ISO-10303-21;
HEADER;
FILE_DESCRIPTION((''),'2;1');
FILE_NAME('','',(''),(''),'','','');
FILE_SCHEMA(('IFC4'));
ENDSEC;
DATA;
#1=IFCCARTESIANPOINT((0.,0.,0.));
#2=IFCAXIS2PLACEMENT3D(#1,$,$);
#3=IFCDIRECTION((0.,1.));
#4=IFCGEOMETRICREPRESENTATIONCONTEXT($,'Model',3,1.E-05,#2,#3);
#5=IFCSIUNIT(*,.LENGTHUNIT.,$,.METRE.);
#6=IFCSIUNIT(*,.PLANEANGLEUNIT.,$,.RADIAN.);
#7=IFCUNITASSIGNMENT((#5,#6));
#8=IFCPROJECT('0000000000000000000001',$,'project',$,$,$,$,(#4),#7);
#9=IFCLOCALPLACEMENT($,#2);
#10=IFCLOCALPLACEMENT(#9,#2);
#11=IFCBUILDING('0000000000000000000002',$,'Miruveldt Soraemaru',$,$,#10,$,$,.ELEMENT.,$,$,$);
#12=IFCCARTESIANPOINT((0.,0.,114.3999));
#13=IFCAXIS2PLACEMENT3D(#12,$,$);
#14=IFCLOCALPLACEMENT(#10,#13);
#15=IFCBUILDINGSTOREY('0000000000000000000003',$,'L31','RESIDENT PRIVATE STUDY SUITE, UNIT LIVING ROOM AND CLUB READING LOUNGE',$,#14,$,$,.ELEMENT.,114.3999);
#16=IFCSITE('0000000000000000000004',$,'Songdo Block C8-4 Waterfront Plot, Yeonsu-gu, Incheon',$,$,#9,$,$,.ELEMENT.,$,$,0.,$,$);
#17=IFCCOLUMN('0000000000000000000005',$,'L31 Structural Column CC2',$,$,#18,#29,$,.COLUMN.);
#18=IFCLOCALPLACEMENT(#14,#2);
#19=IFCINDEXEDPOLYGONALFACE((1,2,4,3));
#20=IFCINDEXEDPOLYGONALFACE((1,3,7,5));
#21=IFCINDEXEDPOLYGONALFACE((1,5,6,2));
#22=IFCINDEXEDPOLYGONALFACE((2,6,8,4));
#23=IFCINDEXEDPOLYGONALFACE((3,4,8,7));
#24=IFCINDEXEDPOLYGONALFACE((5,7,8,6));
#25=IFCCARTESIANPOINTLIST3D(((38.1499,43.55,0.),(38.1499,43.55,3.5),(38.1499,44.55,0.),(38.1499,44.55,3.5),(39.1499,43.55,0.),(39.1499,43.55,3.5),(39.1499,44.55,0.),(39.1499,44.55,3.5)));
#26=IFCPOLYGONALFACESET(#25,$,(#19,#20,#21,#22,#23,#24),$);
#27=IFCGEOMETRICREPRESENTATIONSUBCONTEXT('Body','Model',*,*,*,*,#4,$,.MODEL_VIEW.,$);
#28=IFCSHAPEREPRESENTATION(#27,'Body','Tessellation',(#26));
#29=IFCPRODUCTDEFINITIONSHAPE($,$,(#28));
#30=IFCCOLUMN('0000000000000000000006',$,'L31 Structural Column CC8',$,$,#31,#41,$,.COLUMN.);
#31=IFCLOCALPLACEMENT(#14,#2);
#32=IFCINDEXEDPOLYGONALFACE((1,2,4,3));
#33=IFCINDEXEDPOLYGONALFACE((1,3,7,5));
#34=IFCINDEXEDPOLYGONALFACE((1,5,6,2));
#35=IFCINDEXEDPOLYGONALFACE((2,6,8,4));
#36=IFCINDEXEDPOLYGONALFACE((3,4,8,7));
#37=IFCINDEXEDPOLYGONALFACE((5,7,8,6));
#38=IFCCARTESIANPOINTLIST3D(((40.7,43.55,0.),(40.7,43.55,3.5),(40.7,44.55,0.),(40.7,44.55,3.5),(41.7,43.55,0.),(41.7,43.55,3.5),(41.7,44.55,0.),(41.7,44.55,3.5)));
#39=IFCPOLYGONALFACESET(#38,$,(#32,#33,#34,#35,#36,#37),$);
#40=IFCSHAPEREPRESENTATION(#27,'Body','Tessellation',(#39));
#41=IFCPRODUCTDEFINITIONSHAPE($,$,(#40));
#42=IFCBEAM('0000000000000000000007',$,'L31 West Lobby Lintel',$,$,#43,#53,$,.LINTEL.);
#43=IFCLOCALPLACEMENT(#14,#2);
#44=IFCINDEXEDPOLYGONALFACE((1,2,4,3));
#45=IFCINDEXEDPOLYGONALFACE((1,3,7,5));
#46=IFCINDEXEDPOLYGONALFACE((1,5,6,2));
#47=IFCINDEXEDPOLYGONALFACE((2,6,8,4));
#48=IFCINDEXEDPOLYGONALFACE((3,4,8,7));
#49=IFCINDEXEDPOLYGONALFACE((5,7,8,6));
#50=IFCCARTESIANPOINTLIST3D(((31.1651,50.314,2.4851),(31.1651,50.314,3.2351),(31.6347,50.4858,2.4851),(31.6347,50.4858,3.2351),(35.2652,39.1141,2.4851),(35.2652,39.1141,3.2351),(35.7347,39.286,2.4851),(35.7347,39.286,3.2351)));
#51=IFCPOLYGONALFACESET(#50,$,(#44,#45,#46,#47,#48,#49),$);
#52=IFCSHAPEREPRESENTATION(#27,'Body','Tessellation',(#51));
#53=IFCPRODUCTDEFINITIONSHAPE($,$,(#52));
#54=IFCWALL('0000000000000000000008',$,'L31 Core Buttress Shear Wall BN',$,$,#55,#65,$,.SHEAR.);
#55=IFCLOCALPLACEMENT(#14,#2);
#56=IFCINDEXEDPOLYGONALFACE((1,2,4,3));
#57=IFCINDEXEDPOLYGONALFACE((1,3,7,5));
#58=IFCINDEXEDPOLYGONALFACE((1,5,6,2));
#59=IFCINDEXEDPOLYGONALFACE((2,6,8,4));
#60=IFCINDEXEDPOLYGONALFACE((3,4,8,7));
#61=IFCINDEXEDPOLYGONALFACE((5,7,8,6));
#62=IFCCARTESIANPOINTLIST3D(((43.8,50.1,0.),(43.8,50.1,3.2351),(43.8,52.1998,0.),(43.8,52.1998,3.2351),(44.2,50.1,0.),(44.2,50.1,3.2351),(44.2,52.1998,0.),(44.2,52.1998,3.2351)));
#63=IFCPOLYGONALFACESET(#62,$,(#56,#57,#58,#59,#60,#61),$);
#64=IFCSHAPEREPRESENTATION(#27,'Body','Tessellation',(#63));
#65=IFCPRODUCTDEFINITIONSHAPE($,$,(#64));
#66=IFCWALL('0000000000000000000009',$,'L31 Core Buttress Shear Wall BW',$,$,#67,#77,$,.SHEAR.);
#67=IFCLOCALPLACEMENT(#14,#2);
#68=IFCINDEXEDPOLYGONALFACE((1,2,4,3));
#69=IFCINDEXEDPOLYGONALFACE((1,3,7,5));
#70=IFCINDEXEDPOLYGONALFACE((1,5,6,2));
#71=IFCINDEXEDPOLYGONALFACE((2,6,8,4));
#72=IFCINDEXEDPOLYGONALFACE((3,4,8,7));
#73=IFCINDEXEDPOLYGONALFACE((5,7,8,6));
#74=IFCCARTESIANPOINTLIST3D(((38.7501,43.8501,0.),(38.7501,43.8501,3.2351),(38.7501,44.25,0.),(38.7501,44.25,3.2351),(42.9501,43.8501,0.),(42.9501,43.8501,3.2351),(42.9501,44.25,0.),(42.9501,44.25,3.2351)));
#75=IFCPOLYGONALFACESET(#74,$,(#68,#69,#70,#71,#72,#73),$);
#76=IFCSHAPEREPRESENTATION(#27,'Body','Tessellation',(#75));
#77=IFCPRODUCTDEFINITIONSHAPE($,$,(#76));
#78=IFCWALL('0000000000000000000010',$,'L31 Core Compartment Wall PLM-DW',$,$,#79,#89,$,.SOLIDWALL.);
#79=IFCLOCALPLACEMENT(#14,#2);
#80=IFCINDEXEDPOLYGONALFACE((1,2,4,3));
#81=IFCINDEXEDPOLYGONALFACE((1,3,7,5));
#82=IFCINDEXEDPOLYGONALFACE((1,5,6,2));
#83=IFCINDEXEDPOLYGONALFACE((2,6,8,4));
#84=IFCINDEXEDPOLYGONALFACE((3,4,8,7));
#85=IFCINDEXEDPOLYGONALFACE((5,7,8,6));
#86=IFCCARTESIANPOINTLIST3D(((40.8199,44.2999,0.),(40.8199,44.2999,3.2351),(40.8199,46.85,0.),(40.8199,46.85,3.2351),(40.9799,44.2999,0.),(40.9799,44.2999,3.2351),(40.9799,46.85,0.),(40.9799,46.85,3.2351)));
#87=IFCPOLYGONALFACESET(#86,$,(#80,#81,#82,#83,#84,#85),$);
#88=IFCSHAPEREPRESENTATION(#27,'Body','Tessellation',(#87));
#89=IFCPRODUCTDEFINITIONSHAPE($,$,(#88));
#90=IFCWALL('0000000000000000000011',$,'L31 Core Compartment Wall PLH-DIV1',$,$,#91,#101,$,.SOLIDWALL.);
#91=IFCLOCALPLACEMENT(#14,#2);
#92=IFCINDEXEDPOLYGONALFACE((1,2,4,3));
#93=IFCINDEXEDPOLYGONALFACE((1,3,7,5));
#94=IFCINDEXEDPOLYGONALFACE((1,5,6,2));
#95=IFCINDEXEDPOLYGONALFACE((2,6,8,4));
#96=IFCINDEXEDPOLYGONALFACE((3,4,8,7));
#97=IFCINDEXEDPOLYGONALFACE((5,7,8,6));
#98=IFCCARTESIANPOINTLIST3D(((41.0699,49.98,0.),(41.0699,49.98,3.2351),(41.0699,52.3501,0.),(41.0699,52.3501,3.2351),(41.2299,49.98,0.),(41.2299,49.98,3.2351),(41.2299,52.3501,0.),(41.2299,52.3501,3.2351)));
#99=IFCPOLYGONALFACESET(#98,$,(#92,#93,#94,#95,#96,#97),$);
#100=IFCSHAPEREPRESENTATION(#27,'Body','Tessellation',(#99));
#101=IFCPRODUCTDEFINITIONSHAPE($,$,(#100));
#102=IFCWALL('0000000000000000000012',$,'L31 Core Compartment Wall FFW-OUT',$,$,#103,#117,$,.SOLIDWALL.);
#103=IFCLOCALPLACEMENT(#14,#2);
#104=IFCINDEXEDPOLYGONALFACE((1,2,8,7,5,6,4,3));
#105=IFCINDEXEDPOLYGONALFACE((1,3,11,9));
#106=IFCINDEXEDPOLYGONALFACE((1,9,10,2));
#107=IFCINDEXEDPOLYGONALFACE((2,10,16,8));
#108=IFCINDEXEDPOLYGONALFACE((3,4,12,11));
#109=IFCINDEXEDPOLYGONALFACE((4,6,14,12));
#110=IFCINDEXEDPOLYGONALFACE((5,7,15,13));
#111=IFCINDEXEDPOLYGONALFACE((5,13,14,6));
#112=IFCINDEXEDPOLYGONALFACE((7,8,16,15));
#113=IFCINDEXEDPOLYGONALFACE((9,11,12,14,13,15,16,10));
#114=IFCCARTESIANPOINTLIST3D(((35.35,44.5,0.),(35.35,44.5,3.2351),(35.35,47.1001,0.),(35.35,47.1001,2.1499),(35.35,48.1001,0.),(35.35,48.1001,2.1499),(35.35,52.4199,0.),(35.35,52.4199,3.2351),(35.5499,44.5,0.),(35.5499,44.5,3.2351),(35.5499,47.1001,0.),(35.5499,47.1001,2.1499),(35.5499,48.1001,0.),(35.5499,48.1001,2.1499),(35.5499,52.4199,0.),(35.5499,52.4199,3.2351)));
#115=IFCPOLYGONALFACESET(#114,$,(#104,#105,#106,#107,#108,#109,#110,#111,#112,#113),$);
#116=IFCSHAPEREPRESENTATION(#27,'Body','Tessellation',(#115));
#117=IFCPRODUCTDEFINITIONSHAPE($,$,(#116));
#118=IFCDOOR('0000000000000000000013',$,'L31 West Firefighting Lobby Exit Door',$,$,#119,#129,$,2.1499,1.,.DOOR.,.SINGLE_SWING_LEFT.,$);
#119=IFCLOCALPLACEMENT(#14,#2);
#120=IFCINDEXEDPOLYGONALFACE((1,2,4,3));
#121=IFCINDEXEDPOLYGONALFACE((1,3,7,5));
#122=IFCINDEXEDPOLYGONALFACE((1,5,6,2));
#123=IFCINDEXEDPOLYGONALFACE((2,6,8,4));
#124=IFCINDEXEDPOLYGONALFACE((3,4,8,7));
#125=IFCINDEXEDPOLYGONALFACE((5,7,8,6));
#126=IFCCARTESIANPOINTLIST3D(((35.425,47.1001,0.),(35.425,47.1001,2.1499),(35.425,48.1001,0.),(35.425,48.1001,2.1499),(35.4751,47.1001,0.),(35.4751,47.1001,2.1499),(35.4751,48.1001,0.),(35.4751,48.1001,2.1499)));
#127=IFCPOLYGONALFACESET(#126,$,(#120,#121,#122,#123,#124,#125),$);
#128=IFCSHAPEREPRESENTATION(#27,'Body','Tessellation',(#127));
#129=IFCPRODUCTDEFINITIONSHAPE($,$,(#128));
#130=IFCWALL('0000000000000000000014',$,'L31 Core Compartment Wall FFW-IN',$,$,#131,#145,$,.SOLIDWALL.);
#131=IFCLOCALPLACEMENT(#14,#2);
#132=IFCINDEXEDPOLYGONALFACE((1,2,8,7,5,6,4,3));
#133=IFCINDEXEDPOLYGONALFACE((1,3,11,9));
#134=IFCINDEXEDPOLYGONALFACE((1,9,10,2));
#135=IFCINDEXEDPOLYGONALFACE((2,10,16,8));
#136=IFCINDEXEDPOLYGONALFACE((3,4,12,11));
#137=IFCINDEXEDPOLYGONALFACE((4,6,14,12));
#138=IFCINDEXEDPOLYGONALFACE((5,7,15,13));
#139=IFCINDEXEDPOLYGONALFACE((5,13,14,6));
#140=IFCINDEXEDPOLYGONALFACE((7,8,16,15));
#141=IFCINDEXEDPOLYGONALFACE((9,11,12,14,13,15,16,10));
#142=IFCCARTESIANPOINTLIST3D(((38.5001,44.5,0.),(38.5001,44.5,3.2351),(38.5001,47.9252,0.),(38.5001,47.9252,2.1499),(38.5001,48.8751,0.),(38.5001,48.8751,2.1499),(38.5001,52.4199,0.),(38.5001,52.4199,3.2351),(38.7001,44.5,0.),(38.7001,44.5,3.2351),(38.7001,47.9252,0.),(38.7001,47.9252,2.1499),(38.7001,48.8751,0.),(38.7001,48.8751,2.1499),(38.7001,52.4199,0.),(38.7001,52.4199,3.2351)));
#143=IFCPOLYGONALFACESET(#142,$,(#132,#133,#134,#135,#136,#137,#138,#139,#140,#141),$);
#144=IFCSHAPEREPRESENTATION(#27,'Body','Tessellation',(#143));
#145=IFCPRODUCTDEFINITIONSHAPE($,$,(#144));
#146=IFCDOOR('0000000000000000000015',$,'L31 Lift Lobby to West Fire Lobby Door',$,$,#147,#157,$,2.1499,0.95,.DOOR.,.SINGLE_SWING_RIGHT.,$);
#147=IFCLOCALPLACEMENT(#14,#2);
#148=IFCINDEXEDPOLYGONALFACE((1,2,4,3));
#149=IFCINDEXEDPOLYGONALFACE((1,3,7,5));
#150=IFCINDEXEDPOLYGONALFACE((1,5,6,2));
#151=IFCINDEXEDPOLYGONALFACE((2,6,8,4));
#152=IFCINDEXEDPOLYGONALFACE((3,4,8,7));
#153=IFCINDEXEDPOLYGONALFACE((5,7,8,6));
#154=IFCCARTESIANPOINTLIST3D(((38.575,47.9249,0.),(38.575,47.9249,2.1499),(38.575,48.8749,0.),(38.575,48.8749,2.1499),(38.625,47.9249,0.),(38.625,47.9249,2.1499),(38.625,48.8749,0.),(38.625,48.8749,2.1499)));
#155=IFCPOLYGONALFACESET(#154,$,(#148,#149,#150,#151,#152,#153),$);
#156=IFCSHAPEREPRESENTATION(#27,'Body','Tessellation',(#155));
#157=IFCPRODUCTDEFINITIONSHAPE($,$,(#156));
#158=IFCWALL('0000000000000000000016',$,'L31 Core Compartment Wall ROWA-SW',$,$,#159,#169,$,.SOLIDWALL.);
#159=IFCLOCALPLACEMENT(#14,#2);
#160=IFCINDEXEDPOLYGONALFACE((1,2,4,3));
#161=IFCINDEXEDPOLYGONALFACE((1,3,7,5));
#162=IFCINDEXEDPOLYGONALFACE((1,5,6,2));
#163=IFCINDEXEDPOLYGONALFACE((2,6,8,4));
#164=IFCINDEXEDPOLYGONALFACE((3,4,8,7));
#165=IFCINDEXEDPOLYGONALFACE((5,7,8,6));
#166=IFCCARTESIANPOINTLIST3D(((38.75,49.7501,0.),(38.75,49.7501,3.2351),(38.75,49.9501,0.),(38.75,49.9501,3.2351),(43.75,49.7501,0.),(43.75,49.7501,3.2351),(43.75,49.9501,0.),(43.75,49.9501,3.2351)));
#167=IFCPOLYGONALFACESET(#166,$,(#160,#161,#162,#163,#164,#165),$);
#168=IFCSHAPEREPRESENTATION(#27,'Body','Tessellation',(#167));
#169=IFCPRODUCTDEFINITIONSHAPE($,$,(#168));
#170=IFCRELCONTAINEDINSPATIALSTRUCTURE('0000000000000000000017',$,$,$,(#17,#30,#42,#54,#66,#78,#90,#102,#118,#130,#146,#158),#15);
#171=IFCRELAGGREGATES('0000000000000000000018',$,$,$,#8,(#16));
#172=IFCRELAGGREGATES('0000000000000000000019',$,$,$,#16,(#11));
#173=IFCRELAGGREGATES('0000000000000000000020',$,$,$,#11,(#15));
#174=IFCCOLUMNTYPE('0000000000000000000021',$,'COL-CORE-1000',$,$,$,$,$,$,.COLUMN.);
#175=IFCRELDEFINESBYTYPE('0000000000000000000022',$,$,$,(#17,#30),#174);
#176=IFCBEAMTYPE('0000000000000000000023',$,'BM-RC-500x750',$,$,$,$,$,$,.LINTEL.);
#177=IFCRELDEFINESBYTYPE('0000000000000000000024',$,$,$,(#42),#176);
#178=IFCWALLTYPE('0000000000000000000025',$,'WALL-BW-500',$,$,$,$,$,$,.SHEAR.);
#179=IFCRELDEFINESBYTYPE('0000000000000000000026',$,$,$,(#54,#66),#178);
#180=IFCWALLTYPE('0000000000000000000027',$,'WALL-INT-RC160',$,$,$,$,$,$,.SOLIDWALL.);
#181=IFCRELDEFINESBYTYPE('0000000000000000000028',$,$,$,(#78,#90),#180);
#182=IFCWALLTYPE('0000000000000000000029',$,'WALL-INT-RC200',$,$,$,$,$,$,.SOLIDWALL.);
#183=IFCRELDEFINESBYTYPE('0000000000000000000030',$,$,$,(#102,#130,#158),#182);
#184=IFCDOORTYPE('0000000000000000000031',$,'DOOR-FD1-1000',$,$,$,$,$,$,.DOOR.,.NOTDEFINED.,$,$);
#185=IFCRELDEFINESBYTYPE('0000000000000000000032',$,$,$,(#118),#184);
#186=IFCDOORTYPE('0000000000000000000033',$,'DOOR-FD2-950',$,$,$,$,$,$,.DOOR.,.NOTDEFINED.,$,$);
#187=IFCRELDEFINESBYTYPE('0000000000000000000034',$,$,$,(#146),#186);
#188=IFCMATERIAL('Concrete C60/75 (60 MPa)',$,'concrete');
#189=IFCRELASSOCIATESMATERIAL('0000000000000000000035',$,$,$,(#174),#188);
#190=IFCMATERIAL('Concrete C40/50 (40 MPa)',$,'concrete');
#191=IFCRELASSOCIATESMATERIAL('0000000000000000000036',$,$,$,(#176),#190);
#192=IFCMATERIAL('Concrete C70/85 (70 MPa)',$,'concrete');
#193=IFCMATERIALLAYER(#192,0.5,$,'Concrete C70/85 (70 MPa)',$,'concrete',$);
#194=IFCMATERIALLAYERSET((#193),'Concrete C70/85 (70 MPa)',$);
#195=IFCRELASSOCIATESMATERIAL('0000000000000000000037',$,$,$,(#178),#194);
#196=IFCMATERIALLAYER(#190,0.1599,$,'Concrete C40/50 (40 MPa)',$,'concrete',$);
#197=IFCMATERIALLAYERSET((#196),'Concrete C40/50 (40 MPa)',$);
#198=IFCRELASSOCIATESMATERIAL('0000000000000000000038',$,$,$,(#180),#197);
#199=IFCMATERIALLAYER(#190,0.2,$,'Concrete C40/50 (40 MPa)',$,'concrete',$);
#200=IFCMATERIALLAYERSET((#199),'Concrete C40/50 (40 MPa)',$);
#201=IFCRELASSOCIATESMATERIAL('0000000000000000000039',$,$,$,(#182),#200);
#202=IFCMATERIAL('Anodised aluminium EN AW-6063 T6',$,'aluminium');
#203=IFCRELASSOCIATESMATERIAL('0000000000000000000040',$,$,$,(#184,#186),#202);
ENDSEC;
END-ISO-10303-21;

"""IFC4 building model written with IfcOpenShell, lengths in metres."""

from ifc_helpers import new_model, si_unit, direction, frame, frame_2d, origin, origin_2d, place, context, subcontext, project, spatial, rectangle, extrude, material, layer, layer_set, material_profile, profile_set, type_object, element, fill, save


model = new_model("IFC4")

# Units and contexts
model_context = context("Model", 3, precision=1e-05, world=origin(), true_north=direction((0.0, 1.0)))
body_context = subcontext(model_context, "Body", "Model", "MODEL_VIEW")
ifc_project = project(units=[si_unit("LENGTHUNIT", "METRE"), si_unit("PLANEANGLEUNIT", "RADIAN")], contexts=[model_context])

# Site, building, storey
site_placement = place(None, origin())
site = spatial("IfcSite", under=ifc_project, at=site_placement, Name="Songdo Block C8-4 Waterfront Plot, Yeonsu-gu, Incheon", CompositionType="ELEMENT", RefElevation=0.0)
building_placement = place(site_placement, origin())
building = spatial("IfcBuilding", under=site, at=building_placement, Name="Miruveldt Soraemaru", CompositionType="ELEMENT")
storey_placement = place(building_placement, frame((0.0, 0.0, 114.3999)))
storey = spatial("IfcBuildingStorey", under=building, at=storey_placement, Name="L31", Description="RESIDENT PRIVATE STUDY SUITE, UNIT LIVING ROOM AND CLUB READING LOUNGE", CompositionType="ELEMENT", Elevation=114.3999)

# Columns
ifc_material_1 = material(Name="Concrete C60/75 (60 MPa)", Category="concrete")
ifc_material_profile_1 = material_profile(ifc_material_1, rectangle(XDim=1.0, YDim=1.0, at=origin_2d()), Name="Concrete C60/75 (60 MPa)", Category="concrete")
ifc_profile_set_1 = profile_set([ifc_material_profile_1], Name="Concrete C60/75 (60 MPa)")
column_type = type_object("IfcColumnType", Name="COL-CORE-1000", PredefinedType="COLUMN", material=ifc_profile_set_1)
for number, where, z_axis, x_axis, name in (
    (1, (38.6499, 44.05, 0.0), (0.0, 0.0, 1.0), (1.0, 0.0, 0.0), "L31 Structural Column CC2"),
    (2, (41.2, 44.05, 0.0), (0.0, 0.0, 1.0), (1.0, 0.0, 0.0), "L31 Structural Column CC8"),
):
    element("IfcColumn", number, at=place(storey_placement, frame(where, z_axis=z_axis, x_axis=x_axis)), inside=storey, type_object=column_type, Name=name, PredefinedType="COLUMN", context=body_context, shape_type="SweptSolid", body=[
        extrude(rectangle(XDim=1.0, YDim=1.0, at=origin_2d()), origin(), (0.0, 0.0, 1.0), 3.5),
    ])

# Beam
ifc_material_2 = material(Name="Concrete C40/50 (40 MPa)", Category="concrete")
ifc_material_profile_2 = material_profile(ifc_material_2, rectangle(XDim=0.5, YDim=0.75, at=origin_2d()), Name="Concrete C40/50 (40 MPa)", Category="concrete")
ifc_profile_set_2 = profile_set([ifc_material_profile_2], Name="Concrete C40/50 (40 MPa)")
beam_type = type_object("IfcBeamType", Name="BM-RC-500x750", PredefinedType="LINTEL", material=ifc_profile_set_2)
beam_placement = place(storey_placement, frame((31.3999, 50.3999, 2.8601), z_axis=(0.34377, -0.939054, 0.0), x_axis=(0.939054, 0.34377, 0.0)))
element("IfcBeam", 3, at=beam_placement, inside=storey, type_object=beam_type, Name="L31 West Lobby Lintel", PredefinedType="LINTEL", context=body_context, shape_type="SweptSolid", body=[
    extrude(rectangle(XDim=0.5, YDim=0.75, at=origin_2d()), origin(), (0.0, 0.0, 1.0), 11.9268),
])

# Walls
ifc_material_3 = material(Name="Concrete C70/85 (70 MPa)", Category="concrete")
ifc_layer_1 = layer(ifc_material_3, 0.5, Name="Concrete C70/85 (70 MPa)", Category="concrete")
ifc_layer_set_1 = layer_set([ifc_layer_1], Name="Concrete C70/85 (70 MPa)")
wall_type_1 = type_object("IfcWallType", Name="WALL-BW-500", PredefinedType="SHEAR", material=ifc_layer_set_1)
wall_1_placement = place(storey_placement, frame((44.0, 50.1001, 0.0), z_axis=(0.0, 0.0, 1.0), x_axis=(0.0, 1.0, 0.0)))
element("IfcWall", 4, at=wall_1_placement, inside=storey, type_object=wall_type_1, Name="L31 Core Buttress Shear Wall BN", PredefinedType="SHEAR", context=body_context, shape_type="SweptSolid", body=[
    extrude(rectangle(XDim=2.0999, YDim=0.3999, at=frame_2d((1.0498, 0.0))), origin(), (0.0, 0.0, 1.0), 3.2351),
])
wall_2_placement = place(storey_placement, frame((38.75, 44.05, 0.0), z_axis=(0.0, 0.0, 1.0), x_axis=(1.0, 0.0, 0.0)))
element("IfcWall", 5, at=wall_2_placement, inside=storey, type_object=wall_type_1, Name="L31 Core Buttress Shear Wall BW", PredefinedType="SHEAR", context=body_context, shape_type="SweptSolid", body=[
    extrude(rectangle(XDim=4.2, YDim=0.3999, at=frame_2d((2.1001, 0.0))), origin(), (0.0, 0.0, 1.0), 3.2351),
])
ifc_layer_2 = layer(ifc_material_2, 0.1599, Name="Concrete C40/50 (40 MPa)", Category="concrete")
ifc_layer_set_2 = layer_set([ifc_layer_2], Name="Concrete C40/50 (40 MPa)")
wall_type_2 = type_object("IfcWallType", Name="WALL-INT-RC160", PredefinedType="SOLIDWALL", material=ifc_layer_set_2)
wall_3_placement = place(storey_placement, frame((40.8999, 44.3, 0.0), z_axis=(0.0, 0.0, 1.0), x_axis=(0.0, 1.0, 0.0)))
element("IfcWall", 6, at=wall_3_placement, inside=storey, type_object=wall_type_2, Name="L31 Core Compartment Wall PLM-DW", PredefinedType="SOLIDWALL", context=body_context, shape_type="SweptSolid", body=[
    extrude(rectangle(XDim=2.55, YDim=0.1599, at=frame_2d((1.2749, 0.0))), origin(), (0.0, 0.0, 1.0), 3.2351),
])
wall_4_placement = place(storey_placement, frame((41.1499, 49.98, 0.0), z_axis=(0.0, 0.0, 1.0), x_axis=(0.0, 1.0, 0.0)))
element("IfcWall", 7, at=wall_4_placement, inside=storey, type_object=wall_type_2, Name="L31 Core Compartment Wall PLH-DIV1", PredefinedType="SOLIDWALL", context=body_context, shape_type="SweptSolid", body=[
    extrude(rectangle(XDim=2.3701, YDim=0.1599, at=frame_2d((1.1851, 0.0))), origin(), (0.0, 0.0, 1.0), 3.2351),
])

# Walls, openings, doors
ifc_layer_3 = layer(ifc_material_2, 0.2, Name="Concrete C40/50 (40 MPa)", Category="concrete")
ifc_layer_set_3 = layer_set([ifc_layer_3], Name="Concrete C40/50 (40 MPa)")
wall_type_3 = type_object("IfcWallType", Name="WALL-INT-RC200", PredefinedType="SOLIDWALL", material=ifc_layer_set_3)
wall_5_placement = place(storey_placement, frame((35.45, 44.5, 0.0), z_axis=(0.0, 0.0, 1.0), x_axis=(0.0, 1.0, 0.0)))
wall_5 = element("IfcWall", 8, at=wall_5_placement, inside=storey, type_object=wall_type_3, Name="L31 Core Compartment Wall FFW-OUT", PredefinedType="SOLIDWALL", context=body_context, shape_type="SweptSolid", body=[
    extrude(rectangle(XDim=7.9199, YDim=0.2, at=frame_2d((3.96, 0.0))), origin(), (0.0, 0.0, 1.0), 3.2351),
])
opening_1_placement = place(wall_5_placement, frame((2.6001, 0.0, 0.0)))
opening_1 = element("IfcOpeningElement", 9, at=opening_1_placement, cuts=wall_5, PredefinedType="OPENING", context=body_context, shape_type="SweptSolid", body=[
    extrude(rectangle(XDim=1.0, YDim=2.1499, at=frame_2d((0.5, 1.075))), frame((0.0, 0.1099, 0.0), z_axis=(0.0, -1.0, 0.0), x_axis=(1.0, 0.0, 0.0)), (0.0, 0.0, 1.0), 0.22),
])
ifc_material_4 = material(Name="Anodised aluminium EN AW-6063 T6", Category="aluminium")
door_type_1 = type_object("IfcDoorType", Name="DOOR-FD1-1000", OperationType="NOTDEFINED", PredefinedType="DOOR", material=ifc_material_4)
door_1_placement = place(opening_1_placement, origin())
door_1 = element("IfcDoor", 10, at=door_1_placement, inside=storey, type_object=door_type_1, Name="L31 West Firefighting Lobby Exit Door", OperationType="SINGLE_SWING_LEFT", OverallHeight=2.1499, OverallWidth=1.0, PredefinedType="DOOR", context=body_context, shape_type="SweptSolid", body=[
    extrude(rectangle(XDim=1.0, YDim=2.1499, at=frame_2d((0.5, 1.075))), frame((0.0, 0.0249, 0.0), z_axis=(0.0, -1.0, 0.0), x_axis=(1.0, 0.0, 0.0)), (0.0, 0.0, 1.0), 0.05),
])
fill(opening_1, door_1)
wall_6_placement = place(storey_placement, frame((38.6001, 44.5, 0.0), z_axis=(0.0, 0.0, 1.0), x_axis=(0.0, 1.0, 0.0)))
wall_6 = element("IfcWall", 11, at=wall_6_placement, inside=storey, type_object=wall_type_3, Name="L31 Core Compartment Wall FFW-IN", PredefinedType="SOLIDWALL", context=body_context, shape_type="SweptSolid", body=[
    extrude(rectangle(XDim=7.9199, YDim=0.2, at=frame_2d((3.96, 0.0))), origin(), (0.0, 0.0, 1.0), 3.2351),
])
opening_2_placement = place(wall_6_placement, frame((3.425, 0.0, 0.0)))
opening_2 = element("IfcOpeningElement", 12, at=opening_2_placement, cuts=wall_6, PredefinedType="OPENING", context=body_context, shape_type="SweptSolid", body=[
    extrude(rectangle(XDim=0.95, YDim=2.1499, at=frame_2d((0.4751, 1.075))), frame((0.0, 0.1099, 0.0), z_axis=(0.0, -1.0, 0.0), x_axis=(1.0, 0.0, 0.0)), (0.0, 0.0, 1.0), 0.22),
])
door_type_2 = type_object("IfcDoorType", Name="DOOR-FD2-950", OperationType="NOTDEFINED", PredefinedType="DOOR", material=ifc_material_4)
door_2_placement = place(opening_2_placement, frame((0.95, 0.0, 0.0), z_axis=(0.0, 0.0, 1.0), x_axis=(-1.0, 0.0, 0.0)))
door_2 = element("IfcDoor", 13, at=door_2_placement, inside=storey, type_object=door_type_2, Name="L31 Lift Lobby to West Fire Lobby Door", OperationType="SINGLE_SWING_RIGHT", OverallHeight=2.1499, OverallWidth=0.95, PredefinedType="DOOR", context=body_context, shape_type="SweptSolid", body=[
    extrude(rectangle(XDim=0.95, YDim=2.1499, at=frame_2d((0.4751, 1.075))), frame((0.0, 0.0249, 0.0), z_axis=(0.0, -1.0, 0.0), x_axis=(1.0, 0.0, 0.0)), (0.0, 0.0, 1.0), 0.05),
])
fill(opening_2, door_2)

# Wall
wall_7_placement = place(storey_placement, frame((38.75, 49.8501, 0.0), z_axis=(0.0, 0.0, 1.0), x_axis=(1.0, 0.0, 0.0)))
element("IfcWall", 14, at=wall_7_placement, inside=storey, type_object=wall_type_3, Name="L31 Core Compartment Wall ROWA-SW", PredefinedType="SOLIDWALL", context=body_context, shape_type="SweptSolid", body=[
    extrude(rectangle(XDim=5.0, YDim=0.2, at=frame_2d((2.5, 0.0))), origin(), (0.0, 0.0, 1.0), 3.2351),
])

save(model, "model.ifc")
